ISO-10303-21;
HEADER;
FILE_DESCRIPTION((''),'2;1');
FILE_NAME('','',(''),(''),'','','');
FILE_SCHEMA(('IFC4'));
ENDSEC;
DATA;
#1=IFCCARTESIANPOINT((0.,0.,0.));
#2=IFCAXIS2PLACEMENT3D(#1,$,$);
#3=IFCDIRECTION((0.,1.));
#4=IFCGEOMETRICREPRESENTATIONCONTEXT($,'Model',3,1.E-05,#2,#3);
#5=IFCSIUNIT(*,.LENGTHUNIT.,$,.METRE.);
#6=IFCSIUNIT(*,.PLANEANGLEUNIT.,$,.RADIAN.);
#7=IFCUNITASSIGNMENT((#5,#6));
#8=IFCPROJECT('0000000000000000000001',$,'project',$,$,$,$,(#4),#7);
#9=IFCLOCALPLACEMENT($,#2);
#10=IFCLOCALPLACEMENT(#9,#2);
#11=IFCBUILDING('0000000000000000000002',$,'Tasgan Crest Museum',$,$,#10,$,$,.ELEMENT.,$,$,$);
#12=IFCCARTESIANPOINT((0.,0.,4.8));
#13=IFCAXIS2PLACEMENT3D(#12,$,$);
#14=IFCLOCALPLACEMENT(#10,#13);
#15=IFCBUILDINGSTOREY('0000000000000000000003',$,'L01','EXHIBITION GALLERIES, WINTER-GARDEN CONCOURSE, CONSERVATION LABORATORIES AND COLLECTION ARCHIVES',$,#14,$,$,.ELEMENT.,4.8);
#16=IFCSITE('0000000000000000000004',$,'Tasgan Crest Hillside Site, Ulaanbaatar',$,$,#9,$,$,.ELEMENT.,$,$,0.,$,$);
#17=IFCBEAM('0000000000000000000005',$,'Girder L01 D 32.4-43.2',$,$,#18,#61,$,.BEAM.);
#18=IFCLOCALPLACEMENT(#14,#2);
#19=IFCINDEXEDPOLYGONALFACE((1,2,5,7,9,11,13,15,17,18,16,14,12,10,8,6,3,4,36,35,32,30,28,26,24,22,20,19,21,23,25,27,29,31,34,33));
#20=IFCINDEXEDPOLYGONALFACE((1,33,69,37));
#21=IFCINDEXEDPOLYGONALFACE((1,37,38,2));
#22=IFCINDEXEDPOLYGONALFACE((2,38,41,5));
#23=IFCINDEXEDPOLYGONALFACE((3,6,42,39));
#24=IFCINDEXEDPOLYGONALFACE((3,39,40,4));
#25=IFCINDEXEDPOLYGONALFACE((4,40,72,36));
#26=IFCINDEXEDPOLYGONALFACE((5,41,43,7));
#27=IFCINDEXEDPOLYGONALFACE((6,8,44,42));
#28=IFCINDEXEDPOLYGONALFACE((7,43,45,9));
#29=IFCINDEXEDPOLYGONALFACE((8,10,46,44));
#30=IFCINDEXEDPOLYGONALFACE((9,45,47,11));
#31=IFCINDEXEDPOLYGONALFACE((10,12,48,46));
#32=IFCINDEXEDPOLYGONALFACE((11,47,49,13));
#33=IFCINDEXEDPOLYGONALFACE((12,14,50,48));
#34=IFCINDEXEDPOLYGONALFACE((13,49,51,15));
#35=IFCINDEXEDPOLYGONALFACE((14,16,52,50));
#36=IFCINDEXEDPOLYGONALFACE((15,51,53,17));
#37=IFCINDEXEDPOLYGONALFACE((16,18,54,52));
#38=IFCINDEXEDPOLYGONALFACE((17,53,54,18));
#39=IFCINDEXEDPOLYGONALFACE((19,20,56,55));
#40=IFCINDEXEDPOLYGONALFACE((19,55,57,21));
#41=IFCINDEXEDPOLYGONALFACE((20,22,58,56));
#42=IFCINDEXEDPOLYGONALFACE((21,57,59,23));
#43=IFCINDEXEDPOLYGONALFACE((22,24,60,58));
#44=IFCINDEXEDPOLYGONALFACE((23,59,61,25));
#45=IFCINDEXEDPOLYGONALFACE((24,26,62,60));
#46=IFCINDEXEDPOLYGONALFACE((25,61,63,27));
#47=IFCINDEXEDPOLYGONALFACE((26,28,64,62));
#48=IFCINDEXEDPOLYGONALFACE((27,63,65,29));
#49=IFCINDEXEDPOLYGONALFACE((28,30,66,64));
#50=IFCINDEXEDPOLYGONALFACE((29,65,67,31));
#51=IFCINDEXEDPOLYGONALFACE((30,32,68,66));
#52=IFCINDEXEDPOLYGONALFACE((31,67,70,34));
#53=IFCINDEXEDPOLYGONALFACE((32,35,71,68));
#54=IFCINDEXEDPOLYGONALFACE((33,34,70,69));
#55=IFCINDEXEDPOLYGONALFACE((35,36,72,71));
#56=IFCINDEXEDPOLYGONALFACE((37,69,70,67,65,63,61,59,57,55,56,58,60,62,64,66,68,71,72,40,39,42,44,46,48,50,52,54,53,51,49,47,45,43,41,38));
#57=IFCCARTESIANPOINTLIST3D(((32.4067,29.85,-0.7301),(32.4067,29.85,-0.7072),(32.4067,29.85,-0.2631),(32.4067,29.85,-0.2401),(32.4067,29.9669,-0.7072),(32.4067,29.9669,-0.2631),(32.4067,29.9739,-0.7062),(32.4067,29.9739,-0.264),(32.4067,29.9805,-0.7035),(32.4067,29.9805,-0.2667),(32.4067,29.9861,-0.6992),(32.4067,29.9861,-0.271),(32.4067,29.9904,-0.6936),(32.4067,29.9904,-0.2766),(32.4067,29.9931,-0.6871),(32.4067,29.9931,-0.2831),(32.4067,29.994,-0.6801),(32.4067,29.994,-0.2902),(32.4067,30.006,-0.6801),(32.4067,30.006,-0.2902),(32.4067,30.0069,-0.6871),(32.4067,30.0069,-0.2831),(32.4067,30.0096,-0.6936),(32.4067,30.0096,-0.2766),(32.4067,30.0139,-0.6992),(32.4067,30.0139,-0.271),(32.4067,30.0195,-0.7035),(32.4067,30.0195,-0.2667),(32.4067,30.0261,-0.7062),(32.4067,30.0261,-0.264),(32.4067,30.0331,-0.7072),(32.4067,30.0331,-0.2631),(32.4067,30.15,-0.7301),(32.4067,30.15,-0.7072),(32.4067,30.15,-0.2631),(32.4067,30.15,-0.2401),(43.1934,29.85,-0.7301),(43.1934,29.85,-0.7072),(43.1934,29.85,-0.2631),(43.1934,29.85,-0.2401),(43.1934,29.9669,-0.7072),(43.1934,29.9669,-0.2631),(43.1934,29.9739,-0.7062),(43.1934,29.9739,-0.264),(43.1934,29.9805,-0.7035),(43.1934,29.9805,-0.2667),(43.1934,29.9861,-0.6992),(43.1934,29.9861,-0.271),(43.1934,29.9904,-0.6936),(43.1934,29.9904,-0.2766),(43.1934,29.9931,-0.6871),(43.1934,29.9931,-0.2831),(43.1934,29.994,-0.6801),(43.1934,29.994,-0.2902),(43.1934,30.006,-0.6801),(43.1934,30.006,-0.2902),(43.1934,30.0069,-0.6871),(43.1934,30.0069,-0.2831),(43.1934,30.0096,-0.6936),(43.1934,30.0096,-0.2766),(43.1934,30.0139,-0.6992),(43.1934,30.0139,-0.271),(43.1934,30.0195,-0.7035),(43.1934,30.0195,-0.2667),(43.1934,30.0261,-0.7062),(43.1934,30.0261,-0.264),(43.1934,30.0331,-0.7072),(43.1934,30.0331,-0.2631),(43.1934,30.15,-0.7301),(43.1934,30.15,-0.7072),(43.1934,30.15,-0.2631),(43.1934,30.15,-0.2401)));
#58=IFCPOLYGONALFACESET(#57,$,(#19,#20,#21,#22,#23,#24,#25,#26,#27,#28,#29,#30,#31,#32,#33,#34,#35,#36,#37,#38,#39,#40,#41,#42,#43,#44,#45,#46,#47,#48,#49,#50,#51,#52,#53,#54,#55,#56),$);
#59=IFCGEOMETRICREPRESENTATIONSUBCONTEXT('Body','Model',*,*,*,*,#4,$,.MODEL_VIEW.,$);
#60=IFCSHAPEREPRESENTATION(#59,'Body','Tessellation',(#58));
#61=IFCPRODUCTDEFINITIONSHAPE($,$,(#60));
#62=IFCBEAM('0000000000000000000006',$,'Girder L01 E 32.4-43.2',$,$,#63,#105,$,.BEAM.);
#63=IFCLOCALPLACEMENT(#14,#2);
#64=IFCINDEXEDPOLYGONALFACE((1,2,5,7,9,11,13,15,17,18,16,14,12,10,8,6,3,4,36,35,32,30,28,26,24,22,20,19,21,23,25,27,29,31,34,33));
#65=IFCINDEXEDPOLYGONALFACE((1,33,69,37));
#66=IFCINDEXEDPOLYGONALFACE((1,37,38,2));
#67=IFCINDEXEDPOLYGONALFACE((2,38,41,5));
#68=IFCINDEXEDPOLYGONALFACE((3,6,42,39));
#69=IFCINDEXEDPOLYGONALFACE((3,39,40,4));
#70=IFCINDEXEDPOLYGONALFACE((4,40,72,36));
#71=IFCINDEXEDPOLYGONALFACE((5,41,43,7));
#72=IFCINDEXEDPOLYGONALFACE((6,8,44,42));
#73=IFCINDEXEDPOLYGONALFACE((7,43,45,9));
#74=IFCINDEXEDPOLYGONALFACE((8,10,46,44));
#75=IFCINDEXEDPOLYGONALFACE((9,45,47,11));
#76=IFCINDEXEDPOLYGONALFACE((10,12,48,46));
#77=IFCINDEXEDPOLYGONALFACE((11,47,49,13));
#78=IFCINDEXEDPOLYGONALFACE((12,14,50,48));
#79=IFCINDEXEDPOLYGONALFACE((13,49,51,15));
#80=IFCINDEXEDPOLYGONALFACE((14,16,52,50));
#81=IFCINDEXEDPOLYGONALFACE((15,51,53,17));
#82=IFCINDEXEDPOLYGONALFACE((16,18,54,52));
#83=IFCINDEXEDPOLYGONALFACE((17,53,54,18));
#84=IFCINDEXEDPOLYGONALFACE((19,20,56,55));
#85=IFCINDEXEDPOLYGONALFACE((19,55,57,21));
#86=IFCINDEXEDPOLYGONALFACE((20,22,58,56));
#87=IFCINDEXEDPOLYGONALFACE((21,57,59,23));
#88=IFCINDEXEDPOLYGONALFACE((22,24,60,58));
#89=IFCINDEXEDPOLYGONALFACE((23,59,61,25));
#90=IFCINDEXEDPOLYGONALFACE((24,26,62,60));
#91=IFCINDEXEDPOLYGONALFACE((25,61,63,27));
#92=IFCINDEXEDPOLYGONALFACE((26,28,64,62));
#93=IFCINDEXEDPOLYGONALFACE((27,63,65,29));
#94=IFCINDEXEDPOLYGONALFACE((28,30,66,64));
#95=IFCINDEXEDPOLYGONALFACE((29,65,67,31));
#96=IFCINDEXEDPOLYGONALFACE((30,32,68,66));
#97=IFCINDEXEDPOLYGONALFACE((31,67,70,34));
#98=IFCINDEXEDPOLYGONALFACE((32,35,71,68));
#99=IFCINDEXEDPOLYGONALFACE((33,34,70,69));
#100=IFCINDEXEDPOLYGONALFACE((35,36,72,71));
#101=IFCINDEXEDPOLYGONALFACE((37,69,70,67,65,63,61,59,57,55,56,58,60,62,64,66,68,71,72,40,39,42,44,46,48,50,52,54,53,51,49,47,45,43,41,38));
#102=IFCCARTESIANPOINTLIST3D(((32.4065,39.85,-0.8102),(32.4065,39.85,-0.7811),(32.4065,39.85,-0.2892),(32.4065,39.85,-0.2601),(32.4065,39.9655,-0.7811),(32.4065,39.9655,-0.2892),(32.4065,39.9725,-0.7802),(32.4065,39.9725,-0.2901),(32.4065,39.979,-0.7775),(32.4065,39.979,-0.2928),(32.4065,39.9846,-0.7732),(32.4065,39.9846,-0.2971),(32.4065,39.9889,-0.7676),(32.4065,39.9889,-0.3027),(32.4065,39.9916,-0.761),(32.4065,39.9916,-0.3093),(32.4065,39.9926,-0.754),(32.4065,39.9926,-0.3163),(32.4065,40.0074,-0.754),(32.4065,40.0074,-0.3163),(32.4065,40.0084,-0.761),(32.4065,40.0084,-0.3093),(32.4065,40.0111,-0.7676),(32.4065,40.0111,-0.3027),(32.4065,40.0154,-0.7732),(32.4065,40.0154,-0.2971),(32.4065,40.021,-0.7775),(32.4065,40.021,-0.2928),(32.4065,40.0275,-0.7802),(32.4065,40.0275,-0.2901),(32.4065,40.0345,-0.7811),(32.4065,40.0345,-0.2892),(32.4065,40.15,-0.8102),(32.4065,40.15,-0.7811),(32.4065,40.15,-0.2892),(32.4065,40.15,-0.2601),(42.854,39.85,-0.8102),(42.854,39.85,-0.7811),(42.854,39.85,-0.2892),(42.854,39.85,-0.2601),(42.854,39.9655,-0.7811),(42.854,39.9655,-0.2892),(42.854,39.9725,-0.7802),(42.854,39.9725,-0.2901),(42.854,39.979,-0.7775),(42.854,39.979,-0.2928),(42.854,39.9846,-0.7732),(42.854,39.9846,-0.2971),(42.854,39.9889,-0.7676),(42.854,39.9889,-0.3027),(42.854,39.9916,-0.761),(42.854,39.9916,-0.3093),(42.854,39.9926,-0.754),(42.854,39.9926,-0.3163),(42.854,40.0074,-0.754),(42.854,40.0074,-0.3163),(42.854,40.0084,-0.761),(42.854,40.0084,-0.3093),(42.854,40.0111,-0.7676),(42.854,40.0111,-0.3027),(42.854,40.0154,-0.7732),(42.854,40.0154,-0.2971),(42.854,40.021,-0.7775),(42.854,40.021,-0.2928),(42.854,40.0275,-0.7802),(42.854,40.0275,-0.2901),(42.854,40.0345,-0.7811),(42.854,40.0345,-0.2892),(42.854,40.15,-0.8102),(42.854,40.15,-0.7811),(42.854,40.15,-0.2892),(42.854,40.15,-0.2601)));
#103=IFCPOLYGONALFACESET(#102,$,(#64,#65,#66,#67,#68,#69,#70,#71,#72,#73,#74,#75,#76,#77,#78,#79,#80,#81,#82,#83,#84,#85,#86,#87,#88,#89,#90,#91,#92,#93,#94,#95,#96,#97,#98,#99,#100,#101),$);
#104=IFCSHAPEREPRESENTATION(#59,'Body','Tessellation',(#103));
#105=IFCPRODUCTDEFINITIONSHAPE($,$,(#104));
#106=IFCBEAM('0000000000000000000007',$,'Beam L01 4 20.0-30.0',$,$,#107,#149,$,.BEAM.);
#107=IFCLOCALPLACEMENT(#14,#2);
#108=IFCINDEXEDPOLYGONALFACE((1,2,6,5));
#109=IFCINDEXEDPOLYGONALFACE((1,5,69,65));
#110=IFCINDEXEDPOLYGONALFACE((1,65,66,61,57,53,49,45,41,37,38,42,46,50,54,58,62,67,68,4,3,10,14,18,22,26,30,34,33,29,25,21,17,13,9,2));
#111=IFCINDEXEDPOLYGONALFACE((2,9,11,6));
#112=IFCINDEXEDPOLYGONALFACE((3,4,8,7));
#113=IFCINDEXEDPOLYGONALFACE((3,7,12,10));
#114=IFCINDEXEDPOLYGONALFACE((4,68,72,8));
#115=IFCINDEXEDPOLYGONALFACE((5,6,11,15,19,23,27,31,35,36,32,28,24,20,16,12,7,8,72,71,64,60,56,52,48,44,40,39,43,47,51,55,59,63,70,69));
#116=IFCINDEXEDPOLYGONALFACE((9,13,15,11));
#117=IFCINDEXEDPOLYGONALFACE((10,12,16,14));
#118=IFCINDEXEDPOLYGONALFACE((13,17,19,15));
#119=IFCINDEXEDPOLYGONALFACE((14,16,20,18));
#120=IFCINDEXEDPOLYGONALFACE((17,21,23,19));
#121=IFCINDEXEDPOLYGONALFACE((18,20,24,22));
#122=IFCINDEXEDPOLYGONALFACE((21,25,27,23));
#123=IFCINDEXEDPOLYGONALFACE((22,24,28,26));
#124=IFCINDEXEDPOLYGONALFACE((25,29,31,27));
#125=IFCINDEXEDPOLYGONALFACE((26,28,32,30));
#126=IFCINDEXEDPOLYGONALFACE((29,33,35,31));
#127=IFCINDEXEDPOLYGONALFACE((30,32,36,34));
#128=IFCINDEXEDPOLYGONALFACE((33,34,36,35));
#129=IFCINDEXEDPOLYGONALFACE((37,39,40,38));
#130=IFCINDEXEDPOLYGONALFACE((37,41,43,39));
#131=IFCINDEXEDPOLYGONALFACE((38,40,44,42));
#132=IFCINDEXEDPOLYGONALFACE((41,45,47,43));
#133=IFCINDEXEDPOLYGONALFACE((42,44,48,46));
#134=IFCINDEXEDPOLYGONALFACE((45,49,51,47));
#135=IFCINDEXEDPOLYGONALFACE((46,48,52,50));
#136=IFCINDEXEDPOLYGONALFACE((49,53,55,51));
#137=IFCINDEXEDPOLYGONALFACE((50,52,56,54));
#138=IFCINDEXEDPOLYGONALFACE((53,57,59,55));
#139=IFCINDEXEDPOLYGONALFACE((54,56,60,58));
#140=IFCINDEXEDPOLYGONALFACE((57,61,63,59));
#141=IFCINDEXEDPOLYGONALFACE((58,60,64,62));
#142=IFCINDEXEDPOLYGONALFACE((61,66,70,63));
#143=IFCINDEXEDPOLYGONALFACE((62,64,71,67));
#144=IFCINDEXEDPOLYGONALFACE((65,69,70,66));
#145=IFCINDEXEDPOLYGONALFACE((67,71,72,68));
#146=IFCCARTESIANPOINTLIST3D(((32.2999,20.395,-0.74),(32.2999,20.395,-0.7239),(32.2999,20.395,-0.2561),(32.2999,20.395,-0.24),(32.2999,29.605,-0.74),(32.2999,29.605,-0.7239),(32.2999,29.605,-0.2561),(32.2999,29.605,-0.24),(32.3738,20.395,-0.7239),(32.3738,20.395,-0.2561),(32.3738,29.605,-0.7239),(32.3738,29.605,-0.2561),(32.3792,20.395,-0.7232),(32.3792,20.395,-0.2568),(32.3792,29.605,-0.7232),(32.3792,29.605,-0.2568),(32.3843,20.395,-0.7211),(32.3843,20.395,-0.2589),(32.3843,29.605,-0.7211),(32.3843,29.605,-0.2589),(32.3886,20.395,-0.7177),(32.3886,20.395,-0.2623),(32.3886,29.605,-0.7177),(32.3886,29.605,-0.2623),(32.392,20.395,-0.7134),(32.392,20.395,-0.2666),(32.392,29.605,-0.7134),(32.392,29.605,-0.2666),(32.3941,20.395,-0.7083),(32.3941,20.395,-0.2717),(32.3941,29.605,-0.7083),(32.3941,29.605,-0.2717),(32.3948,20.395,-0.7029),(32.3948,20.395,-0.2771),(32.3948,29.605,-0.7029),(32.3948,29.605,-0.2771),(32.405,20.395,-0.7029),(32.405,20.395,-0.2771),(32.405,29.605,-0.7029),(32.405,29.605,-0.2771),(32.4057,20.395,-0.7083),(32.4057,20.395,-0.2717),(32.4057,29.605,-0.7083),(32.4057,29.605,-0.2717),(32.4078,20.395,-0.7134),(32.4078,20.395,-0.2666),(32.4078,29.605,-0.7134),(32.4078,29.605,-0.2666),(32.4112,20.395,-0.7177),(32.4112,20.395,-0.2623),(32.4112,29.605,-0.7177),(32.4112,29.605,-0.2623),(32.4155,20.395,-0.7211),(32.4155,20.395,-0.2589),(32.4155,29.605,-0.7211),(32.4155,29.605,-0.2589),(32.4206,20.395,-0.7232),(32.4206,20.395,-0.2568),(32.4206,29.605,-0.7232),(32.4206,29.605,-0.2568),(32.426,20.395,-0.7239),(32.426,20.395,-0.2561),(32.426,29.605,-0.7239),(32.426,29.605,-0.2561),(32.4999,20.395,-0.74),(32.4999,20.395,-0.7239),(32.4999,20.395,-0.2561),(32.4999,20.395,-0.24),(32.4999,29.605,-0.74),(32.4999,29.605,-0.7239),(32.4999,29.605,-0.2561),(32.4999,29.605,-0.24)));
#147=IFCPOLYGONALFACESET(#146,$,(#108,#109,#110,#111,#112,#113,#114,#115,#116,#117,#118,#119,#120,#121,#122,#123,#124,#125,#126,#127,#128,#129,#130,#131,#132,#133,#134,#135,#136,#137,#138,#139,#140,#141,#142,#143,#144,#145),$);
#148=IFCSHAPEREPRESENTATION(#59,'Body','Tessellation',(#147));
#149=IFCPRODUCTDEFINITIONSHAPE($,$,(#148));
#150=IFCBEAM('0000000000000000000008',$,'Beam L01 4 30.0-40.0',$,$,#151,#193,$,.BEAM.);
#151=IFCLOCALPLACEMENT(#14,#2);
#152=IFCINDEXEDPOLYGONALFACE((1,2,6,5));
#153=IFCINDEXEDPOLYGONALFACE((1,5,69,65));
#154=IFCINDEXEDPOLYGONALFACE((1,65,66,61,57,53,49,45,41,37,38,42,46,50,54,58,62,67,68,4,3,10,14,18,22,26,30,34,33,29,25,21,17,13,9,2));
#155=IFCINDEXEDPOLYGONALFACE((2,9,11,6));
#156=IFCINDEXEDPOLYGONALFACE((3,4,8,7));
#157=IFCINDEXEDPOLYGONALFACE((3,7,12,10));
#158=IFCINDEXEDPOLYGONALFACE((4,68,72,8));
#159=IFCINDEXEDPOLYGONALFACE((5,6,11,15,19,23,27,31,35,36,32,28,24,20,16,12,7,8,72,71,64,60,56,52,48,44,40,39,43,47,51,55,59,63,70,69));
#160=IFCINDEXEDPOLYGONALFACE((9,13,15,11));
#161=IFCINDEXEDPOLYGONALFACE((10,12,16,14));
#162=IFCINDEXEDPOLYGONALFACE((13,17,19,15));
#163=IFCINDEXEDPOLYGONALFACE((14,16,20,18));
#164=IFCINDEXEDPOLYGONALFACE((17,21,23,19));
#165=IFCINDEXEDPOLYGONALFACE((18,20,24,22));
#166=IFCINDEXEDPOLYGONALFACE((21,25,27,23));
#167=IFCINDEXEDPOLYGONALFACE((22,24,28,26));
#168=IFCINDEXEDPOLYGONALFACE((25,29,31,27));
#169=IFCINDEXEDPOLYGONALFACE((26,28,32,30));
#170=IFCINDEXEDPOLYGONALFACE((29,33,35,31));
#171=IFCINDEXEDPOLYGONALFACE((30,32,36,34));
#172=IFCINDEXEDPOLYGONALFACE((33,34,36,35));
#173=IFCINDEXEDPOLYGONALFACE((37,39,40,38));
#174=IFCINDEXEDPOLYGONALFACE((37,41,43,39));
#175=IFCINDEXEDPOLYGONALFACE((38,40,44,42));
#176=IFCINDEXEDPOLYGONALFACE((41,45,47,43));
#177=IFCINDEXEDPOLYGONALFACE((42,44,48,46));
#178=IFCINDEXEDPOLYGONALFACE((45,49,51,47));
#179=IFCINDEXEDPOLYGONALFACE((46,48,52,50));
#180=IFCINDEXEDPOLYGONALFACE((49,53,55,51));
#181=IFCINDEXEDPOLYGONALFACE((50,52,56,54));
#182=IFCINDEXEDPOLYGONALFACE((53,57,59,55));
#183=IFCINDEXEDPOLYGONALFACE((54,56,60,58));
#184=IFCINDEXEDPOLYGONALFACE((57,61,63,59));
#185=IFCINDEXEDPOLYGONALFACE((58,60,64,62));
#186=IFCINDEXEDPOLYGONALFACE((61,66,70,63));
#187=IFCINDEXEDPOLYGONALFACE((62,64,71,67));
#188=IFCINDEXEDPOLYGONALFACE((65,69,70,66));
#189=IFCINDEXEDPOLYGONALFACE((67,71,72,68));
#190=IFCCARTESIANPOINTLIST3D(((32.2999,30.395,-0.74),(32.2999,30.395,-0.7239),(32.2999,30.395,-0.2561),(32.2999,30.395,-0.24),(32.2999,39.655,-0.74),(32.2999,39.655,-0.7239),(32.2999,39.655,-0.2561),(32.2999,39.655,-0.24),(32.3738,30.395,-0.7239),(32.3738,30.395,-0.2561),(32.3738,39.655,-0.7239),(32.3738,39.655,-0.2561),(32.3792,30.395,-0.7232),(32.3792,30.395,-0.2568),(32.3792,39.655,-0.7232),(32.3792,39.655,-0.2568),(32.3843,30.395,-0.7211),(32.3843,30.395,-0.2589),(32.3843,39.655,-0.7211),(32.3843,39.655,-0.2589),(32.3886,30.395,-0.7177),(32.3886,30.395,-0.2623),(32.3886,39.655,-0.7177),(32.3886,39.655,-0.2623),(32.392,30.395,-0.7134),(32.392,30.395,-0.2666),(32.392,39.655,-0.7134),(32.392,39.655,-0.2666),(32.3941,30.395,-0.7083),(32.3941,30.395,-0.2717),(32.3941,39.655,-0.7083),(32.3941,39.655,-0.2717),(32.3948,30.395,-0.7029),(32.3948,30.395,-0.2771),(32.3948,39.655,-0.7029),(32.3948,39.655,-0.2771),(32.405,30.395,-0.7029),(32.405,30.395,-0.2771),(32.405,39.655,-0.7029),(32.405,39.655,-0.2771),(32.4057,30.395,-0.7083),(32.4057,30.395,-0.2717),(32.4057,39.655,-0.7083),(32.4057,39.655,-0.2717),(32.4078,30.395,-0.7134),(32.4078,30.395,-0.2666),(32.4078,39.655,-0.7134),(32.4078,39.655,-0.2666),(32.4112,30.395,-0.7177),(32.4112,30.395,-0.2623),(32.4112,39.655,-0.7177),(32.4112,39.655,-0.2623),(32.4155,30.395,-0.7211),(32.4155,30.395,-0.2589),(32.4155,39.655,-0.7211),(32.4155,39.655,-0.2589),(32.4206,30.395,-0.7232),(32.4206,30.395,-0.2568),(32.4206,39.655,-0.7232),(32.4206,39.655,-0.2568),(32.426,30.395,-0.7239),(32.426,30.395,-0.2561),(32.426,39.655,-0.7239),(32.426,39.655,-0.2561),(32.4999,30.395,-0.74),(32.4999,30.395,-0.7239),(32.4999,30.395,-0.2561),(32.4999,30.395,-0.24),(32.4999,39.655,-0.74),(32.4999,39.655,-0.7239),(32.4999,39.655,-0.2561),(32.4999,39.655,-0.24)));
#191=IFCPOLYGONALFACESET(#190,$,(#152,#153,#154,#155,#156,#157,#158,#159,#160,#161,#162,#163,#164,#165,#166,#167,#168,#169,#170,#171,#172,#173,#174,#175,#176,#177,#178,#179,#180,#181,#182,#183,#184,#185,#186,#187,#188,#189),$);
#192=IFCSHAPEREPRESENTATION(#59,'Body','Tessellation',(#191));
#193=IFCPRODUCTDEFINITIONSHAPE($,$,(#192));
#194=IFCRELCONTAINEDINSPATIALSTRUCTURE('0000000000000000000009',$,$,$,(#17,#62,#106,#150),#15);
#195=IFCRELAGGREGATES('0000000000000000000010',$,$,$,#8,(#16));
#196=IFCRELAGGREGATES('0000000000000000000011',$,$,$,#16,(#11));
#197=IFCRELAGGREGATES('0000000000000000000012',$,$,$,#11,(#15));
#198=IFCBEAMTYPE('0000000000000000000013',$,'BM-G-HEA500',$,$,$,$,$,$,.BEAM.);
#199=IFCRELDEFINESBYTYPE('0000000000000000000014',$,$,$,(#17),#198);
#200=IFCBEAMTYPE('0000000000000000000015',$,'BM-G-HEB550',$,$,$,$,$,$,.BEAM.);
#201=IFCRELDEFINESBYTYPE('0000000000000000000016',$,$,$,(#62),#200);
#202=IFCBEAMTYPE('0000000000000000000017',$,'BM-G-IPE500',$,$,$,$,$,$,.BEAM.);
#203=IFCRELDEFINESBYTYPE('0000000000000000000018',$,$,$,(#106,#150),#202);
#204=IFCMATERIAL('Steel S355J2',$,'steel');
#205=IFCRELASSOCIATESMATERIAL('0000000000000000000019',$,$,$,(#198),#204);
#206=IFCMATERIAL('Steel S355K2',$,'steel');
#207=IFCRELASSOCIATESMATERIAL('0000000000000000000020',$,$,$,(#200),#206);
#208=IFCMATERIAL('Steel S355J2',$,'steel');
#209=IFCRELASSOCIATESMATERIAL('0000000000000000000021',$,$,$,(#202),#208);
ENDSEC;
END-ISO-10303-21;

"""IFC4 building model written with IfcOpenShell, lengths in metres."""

from ifc_helpers import new_model, si_unit, direction, frame, origin, origin_2d, place, context, subcontext, project, spatial, i_section, extrude, material, material_profile, profile_set, type_object, element, save


model = new_model("IFC4")

# Units and contexts
model_context = context("Model", 3, precision=1e-05, world=origin(), true_north=direction((0.0, 1.0)))
body_context = subcontext(model_context, "Body", "Model", "MODEL_VIEW")
ifc_project = project(units=[si_unit("LENGTHUNIT", "METRE"), si_unit("PLANEANGLEUNIT", "RADIAN")], contexts=[model_context])

# Site, building, storey
site_placement = place(None, origin())
site = spatial("IfcSite", under=ifc_project, at=site_placement, Name="Tasgan Crest Hillside Site, Ulaanbaatar", CompositionType="ELEMENT", RefElevation=0.0)
building_placement = place(site_placement, origin())
building = spatial("IfcBuilding", under=site, at=building_placement, Name="Tasgan Crest Museum", CompositionType="ELEMENT")
storey_placement = place(building_placement, frame((0.0, 0.0, 4.8)))
storey = spatial("IfcBuildingStorey", under=building, at=storey_placement, Name="L01", Description="EXHIBITION GALLERIES, WINTER-GARDEN CONCOURSE, CONSERVATION LABORATORIES AND COLLECTION ARCHIVES", CompositionType="ELEMENT", Elevation=4.8)

# Beams
ifc_material_1 = material(Name="Steel S355J2", Category="steel")
ifc_material_profile_1 = material_profile(ifc_material_1, i_section(OverallWidth=0.3, OverallDepth=0.49, WebThickness=0.012, FlangeThickness=0.0229, FilletRadius=0.0271, at=origin_2d()), Name="HEA 500")
ifc_profile_set_1 = profile_set([ifc_material_profile_1], Name="Steel S355J2")
beam_type_1 = type_object("IfcBeamType", Name="BM-G-HEA500", PredefinedType="BEAM", material=ifc_profile_set_1)
for number, where, z_axis, x_axis, name in (
    (1, (32.4067, 30.0, -0.4851), (1.0, 0.0, 0.0), (0.0, 1.0, 0.0), "Girder L01 D 32.4-43.2"),
):
    element("IfcBeam", number, at=place(storey_placement, frame(where, z_axis=z_axis, x_axis=x_axis)), inside=storey, type_object=beam_type_1, Name=name, PredefinedType="BEAM", context=body_context, shape_type="SweptSolid", body=[
        extrude(i_section(OverallWidth=0.3, OverallDepth=0.49, WebThickness=0.012, FlangeThickness=0.0229, FilletRadius=0.0271, at=origin_2d()), origin(), (0.0, 0.0, 1.0), 10.7866),
    ])
ifc_material_2 = material(Name="Steel S355K2", Category="steel")
ifc_material_profile_2 = material_profile(ifc_material_2, i_section(OverallWidth=0.3, OverallDepth=0.55, WebThickness=0.0149, FlangeThickness=0.0291, FilletRadius=0.0271, at=origin_2d()), Name="HEB 550")
ifc_profile_set_2 = profile_set([ifc_material_profile_2], Name="Steel S355K2")
beam_type_2 = type_object("IfcBeamType", Name="BM-G-HEB550", PredefinedType="BEAM", material=ifc_profile_set_2)
beam_1_placement = place(storey_placement, frame((32.4065, 40.0, -0.5352), z_axis=(1.0, 0.0, 0.0), x_axis=(0.0, 1.0, 0.0)))
element("IfcBeam", 2, at=beam_1_placement, inside=storey, type_object=beam_type_2, Name="Girder L01 E 32.4-43.2", PredefinedType="BEAM", context=body_context, shape_type="SweptSolid", body=[
    extrude(i_section(OverallWidth=0.3, OverallDepth=0.55, WebThickness=0.0149, FlangeThickness=0.0291, FilletRadius=0.0271, at=origin_2d()), origin(), (0.0, 0.0, 1.0), 10.4475),
])
ifc_material_3 = material(Name="Steel S355J2", Category="steel")
ifc_material_profile_3 = material_profile(ifc_material_3, i_section(OverallWidth=0.2, OverallDepth=0.5, WebThickness=0.0103, FlangeThickness=0.0161, FilletRadius=0.021, at=origin_2d()), Name="IPE 500")
ifc_profile_set_3 = profile_set([ifc_material_profile_3], Name="Steel S355J2")
beam_type_3 = type_object("IfcBeamType", Name="BM-G-IPE500", PredefinedType="BEAM", material=ifc_profile_set_3)
beam_2_placement = place(storey_placement, frame((32.3999, 20.395, -0.49), z_axis=(0.0, 1.0, 0.0), x_axis=(-1.0, 0.0, 0.0)))
element("IfcBeam", 3, at=beam_2_placement, inside=storey, type_object=beam_type_3, Name="Beam L01 4 20.0-30.0", PredefinedType="BEAM", context=body_context, shape_type="SweptSolid", body=[
    extrude(i_section(OverallWidth=0.2, OverallDepth=0.5, WebThickness=0.0103, FlangeThickness=0.0161, FilletRadius=0.021, at=origin_2d()), origin(), (0.0, 0.0, 1.0), 9.21),
])
beam_3_placement = place(storey_placement, frame((32.3999, 30.395, -0.49), z_axis=(0.0, 1.0, 0.0), x_axis=(-1.0, 0.0, 0.0)))
element("IfcBeam", 4, at=beam_3_placement, inside=storey, type_object=beam_type_3, Name="Beam L01 4 30.0-40.0", PredefinedType="BEAM", context=body_context, shape_type="SweptSolid", body=[
    extrude(i_section(OverallWidth=0.2, OverallDepth=0.5, WebThickness=0.0103, FlangeThickness=0.0161, FilletRadius=0.021, at=origin_2d()), origin(), (0.0, 0.0, 1.0), 9.26),
])

save(model, "model.ifc")
